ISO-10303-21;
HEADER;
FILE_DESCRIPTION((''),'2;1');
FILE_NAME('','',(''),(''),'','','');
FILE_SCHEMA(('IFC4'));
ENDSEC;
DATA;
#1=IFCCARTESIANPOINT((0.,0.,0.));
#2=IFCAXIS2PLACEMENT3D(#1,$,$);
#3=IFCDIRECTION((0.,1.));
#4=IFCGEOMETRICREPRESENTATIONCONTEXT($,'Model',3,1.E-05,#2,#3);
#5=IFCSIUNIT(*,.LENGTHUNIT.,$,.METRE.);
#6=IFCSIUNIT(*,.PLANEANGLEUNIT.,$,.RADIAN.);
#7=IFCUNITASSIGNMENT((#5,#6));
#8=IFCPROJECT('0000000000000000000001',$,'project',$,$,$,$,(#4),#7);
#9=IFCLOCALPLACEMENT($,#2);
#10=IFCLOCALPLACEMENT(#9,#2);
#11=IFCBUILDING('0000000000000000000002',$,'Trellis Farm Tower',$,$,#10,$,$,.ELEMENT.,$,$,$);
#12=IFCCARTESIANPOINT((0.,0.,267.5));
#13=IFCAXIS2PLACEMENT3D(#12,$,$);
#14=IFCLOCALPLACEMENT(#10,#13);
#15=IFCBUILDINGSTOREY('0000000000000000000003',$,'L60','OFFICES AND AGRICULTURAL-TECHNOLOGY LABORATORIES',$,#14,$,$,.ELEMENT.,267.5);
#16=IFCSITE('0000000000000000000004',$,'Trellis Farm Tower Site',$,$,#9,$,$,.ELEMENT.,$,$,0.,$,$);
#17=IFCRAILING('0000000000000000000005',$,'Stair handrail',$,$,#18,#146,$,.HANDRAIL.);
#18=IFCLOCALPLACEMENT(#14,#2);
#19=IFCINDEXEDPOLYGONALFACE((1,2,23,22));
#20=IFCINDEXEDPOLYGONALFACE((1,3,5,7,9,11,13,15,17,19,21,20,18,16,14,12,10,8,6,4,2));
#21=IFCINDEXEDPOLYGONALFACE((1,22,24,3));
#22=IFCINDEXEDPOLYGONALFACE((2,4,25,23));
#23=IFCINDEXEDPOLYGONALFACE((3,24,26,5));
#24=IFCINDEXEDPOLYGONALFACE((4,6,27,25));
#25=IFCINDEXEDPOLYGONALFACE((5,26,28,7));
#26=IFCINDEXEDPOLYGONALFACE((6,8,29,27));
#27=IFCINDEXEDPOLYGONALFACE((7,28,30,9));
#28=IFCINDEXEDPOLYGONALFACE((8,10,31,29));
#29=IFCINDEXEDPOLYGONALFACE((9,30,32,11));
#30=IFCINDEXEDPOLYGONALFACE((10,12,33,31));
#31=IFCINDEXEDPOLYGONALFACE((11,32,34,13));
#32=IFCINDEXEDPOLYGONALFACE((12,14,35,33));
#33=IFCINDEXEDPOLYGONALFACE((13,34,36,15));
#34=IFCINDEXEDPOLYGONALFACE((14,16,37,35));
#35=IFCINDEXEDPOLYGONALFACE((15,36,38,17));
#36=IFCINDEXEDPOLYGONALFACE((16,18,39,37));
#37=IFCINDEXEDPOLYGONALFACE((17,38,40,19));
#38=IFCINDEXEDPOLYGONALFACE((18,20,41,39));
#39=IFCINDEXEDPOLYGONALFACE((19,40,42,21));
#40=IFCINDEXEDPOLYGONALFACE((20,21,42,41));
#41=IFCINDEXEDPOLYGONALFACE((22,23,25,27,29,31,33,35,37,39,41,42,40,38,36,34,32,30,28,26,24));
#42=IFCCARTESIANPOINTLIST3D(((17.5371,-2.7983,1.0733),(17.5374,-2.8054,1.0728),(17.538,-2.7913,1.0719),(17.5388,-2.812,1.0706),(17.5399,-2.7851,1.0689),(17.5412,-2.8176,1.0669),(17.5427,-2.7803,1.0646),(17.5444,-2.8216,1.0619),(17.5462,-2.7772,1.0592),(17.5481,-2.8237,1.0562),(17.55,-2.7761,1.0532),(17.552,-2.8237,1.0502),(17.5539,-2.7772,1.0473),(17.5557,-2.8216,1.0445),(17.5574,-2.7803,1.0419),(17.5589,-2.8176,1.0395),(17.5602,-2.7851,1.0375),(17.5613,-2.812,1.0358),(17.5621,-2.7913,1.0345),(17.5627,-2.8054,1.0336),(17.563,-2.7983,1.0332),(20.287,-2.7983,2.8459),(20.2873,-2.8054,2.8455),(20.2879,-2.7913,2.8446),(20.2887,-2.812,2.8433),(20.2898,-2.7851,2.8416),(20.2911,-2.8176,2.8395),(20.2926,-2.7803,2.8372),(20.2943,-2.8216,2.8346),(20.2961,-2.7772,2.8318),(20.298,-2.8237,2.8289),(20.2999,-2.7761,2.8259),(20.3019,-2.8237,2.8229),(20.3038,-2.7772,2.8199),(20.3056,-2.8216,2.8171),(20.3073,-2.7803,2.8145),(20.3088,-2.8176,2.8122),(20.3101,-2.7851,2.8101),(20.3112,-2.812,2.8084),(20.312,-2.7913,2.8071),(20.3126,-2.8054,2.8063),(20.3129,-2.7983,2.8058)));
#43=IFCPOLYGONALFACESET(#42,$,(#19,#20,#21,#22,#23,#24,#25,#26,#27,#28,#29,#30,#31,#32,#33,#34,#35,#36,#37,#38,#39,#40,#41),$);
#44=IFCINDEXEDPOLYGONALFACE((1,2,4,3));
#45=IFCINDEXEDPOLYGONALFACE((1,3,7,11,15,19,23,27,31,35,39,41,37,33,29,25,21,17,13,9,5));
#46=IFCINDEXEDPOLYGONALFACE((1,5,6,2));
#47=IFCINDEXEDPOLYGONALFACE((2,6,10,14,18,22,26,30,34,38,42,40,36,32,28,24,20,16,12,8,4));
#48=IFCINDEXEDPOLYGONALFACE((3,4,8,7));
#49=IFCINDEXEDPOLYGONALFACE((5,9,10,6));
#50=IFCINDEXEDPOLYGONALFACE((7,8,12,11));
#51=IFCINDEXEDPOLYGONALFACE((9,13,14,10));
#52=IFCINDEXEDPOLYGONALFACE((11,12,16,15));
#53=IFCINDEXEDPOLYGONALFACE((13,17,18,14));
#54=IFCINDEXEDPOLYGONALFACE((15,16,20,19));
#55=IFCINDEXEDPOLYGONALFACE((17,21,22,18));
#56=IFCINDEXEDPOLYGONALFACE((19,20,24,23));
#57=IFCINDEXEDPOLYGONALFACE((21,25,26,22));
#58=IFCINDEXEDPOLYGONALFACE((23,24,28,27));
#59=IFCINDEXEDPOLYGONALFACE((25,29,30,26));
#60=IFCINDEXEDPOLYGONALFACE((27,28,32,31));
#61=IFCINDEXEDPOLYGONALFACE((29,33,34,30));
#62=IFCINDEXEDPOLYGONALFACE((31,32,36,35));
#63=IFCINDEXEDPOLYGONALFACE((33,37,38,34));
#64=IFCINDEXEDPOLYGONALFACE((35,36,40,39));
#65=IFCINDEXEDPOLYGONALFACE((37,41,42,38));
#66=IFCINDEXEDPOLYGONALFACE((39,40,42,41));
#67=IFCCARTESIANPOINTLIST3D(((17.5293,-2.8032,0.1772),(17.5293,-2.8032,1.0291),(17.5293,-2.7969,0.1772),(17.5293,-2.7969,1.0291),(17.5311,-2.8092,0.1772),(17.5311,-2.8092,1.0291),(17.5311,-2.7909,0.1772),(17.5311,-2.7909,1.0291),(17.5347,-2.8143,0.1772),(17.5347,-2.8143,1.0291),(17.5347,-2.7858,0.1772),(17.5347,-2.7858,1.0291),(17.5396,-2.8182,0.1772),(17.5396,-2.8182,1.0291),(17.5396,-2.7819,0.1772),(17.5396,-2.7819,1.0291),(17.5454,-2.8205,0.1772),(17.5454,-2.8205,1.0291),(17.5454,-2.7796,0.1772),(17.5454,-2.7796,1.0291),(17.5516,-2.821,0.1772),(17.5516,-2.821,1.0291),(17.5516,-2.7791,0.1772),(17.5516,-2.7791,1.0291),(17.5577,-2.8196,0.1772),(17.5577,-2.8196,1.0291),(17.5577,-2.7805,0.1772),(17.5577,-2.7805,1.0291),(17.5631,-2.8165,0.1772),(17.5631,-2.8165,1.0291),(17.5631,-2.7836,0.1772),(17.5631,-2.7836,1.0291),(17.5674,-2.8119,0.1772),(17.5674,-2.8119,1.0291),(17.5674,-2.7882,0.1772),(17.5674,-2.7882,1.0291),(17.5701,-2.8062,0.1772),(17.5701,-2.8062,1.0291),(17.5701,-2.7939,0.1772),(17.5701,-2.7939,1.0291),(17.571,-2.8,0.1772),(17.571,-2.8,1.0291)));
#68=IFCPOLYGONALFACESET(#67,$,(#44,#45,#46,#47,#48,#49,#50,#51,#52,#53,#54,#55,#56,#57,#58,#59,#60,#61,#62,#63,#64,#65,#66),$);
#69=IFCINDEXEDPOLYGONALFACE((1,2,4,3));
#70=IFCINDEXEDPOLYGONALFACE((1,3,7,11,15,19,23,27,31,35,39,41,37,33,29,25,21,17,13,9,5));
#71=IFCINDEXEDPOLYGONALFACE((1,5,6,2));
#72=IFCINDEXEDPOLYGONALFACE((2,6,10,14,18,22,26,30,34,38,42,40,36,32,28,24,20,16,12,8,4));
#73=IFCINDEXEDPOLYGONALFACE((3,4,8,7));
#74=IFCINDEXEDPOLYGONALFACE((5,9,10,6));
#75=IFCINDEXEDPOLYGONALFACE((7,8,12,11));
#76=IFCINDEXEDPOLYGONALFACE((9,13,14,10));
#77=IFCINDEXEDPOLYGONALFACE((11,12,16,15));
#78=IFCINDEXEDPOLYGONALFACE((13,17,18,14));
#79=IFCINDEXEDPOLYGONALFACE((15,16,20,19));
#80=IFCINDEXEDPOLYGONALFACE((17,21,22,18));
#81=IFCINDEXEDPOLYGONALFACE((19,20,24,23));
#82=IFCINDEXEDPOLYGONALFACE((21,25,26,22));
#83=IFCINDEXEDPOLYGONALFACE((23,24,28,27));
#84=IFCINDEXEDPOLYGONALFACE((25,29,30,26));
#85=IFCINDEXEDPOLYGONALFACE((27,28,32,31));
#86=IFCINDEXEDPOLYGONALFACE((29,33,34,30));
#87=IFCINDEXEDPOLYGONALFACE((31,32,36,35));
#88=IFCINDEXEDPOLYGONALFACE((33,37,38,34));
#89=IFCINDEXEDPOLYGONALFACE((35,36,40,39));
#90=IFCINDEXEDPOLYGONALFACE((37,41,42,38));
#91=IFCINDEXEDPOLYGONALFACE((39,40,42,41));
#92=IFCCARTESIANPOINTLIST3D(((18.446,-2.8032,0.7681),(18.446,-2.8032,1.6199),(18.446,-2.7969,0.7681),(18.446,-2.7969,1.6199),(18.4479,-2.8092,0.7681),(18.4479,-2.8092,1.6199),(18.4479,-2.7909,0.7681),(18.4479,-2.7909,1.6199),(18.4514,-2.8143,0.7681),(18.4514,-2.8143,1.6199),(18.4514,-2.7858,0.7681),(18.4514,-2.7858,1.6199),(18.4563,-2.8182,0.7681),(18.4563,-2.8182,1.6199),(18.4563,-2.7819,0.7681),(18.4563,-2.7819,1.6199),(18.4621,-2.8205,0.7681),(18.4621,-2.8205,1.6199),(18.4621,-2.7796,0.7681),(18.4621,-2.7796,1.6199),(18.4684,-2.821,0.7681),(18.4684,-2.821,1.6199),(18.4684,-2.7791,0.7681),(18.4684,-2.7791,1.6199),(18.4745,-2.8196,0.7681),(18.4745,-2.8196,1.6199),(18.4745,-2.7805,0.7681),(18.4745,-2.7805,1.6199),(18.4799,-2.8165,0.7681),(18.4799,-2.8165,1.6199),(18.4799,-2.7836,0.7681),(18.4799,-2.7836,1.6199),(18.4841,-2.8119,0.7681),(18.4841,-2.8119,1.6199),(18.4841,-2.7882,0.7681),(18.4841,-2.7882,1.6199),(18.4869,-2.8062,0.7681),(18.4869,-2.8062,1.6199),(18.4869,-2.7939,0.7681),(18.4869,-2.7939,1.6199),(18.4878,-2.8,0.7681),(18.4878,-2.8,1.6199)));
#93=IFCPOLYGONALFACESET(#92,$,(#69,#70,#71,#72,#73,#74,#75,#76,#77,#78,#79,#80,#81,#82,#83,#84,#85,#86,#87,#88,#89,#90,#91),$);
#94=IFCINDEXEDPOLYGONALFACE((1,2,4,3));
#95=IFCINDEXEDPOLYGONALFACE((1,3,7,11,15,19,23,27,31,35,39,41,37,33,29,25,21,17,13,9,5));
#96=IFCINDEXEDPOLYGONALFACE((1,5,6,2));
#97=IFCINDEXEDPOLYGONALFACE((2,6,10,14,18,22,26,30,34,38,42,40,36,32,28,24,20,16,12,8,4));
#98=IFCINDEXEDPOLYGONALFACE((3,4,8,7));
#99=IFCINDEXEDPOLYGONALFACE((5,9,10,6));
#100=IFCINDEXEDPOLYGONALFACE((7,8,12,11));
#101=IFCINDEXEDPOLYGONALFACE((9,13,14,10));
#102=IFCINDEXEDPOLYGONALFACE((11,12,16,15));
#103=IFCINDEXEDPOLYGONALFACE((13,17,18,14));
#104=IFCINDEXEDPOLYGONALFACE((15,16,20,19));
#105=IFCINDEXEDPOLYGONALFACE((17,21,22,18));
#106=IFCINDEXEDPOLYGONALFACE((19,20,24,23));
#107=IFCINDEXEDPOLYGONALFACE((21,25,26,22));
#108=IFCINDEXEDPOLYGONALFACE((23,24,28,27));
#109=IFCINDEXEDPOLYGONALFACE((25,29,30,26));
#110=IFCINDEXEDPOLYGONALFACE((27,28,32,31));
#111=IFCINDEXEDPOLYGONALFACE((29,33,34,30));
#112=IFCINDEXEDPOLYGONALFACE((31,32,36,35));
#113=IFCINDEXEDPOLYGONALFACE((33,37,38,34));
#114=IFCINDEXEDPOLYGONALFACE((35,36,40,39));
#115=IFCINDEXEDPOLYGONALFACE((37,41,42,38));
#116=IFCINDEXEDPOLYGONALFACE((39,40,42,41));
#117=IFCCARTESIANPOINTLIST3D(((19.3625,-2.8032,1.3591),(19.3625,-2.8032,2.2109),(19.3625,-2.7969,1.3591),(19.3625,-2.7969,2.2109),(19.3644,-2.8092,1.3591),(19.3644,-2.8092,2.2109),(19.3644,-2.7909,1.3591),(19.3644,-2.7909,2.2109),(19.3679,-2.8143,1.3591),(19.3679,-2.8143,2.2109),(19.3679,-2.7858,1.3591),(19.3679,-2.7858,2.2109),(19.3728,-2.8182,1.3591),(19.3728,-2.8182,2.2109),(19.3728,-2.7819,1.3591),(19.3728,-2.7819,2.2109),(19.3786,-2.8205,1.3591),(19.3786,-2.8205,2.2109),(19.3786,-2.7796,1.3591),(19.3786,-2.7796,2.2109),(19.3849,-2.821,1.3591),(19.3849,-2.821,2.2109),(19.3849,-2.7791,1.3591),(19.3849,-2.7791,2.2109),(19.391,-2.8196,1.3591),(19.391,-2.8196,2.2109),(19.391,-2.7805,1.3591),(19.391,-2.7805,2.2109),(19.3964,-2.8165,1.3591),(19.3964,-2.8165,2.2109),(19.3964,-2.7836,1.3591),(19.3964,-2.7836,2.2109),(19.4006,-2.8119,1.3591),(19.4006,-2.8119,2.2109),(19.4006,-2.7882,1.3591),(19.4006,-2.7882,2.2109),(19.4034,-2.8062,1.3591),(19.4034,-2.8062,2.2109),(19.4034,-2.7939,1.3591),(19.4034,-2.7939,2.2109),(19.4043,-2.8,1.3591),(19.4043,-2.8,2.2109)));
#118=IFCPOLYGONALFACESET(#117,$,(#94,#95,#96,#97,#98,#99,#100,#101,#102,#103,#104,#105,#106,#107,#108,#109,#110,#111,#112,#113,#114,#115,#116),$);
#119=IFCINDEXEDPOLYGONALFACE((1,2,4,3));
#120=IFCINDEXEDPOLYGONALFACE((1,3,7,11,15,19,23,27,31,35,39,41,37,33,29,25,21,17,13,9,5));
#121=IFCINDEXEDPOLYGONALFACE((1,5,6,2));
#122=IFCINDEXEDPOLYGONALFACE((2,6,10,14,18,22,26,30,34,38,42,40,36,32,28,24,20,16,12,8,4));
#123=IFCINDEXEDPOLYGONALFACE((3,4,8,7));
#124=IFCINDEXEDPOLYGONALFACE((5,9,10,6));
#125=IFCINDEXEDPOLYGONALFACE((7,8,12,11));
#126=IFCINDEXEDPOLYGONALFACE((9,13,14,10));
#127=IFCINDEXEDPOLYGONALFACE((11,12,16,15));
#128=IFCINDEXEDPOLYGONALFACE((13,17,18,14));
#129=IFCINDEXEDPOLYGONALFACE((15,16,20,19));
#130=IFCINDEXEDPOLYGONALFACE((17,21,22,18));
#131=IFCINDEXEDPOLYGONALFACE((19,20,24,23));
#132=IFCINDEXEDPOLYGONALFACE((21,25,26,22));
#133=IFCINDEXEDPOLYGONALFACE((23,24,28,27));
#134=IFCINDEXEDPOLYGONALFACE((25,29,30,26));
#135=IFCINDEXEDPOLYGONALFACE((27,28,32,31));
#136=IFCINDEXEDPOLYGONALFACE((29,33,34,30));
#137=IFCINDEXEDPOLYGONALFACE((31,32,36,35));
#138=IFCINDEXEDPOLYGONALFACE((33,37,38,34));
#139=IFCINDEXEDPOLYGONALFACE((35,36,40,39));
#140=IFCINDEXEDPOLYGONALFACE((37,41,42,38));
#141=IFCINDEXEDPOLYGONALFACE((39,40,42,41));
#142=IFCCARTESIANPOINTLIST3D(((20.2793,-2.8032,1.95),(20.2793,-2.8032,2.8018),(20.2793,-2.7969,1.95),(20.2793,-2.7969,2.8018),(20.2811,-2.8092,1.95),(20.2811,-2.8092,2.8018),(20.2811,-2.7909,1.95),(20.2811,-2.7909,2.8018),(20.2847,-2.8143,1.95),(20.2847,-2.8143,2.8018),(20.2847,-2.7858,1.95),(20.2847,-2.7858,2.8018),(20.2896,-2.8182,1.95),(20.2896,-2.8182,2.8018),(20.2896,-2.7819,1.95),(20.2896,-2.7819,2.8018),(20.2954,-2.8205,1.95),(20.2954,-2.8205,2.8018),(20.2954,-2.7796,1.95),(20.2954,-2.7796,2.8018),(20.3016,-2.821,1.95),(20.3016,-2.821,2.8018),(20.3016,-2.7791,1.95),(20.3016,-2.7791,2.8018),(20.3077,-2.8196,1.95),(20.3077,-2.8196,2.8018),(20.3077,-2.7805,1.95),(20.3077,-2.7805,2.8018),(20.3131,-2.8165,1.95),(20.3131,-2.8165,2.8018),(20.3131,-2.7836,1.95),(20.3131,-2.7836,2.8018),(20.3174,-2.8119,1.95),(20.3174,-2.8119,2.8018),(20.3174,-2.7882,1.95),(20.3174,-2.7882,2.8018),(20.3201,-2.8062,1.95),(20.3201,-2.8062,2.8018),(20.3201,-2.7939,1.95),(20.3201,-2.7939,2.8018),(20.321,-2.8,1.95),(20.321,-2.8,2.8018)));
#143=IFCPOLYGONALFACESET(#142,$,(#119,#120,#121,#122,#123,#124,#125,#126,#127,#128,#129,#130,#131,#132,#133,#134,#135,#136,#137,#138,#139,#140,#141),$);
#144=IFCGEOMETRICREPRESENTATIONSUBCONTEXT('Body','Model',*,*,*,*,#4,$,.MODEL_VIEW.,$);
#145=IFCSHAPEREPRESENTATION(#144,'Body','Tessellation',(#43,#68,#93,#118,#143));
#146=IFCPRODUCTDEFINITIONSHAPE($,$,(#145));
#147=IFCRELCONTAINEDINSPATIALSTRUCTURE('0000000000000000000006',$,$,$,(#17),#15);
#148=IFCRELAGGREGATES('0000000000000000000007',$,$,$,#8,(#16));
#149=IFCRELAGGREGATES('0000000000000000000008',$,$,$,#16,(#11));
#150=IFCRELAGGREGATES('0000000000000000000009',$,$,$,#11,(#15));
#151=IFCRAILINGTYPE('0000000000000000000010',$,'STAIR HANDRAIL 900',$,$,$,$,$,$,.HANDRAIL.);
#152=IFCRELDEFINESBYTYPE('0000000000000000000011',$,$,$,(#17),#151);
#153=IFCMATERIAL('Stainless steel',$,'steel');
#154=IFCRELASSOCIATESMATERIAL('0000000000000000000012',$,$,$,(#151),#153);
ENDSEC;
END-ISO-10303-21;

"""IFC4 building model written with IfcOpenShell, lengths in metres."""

from ifc_helpers import new_model, si_unit, direction, frame, origin, origin_2d, place, context, subcontext, project, spatial, circle, extrude, source, transform, mapped, material, type_object, element, save


model = new_model("IFC4")

# Units and contexts
model_context = context("Model", 3, precision=1e-05, world=origin(), true_north=direction((0.0, 1.0)))
body_context = subcontext(model_context, "Body", "Model", "MODEL_VIEW")
ifc_project = project(units=[si_unit("LENGTHUNIT", "METRE"), si_unit("PLANEANGLEUNIT", "RADIAN")], contexts=[model_context])

# Site, building, storey
site_placement = place(None, origin())
site = spatial("IfcSite", under=ifc_project, at=site_placement, Name="Trellis Farm Tower Site", CompositionType="ELEMENT", RefElevation=0.0)
building_placement = place(site_placement, origin())
building = spatial("IfcBuilding", under=site, at=building_placement, Name="Trellis Farm Tower", CompositionType="ELEMENT")
storey_placement = place(building_placement, frame((0.0, 0.0, 267.5)))
storey = spatial("IfcBuildingStorey", under=building, at=storey_placement, Name="L60", Description="OFFICES AND AGRICULTURAL-TECHNOLOGY LABORATORIES", CompositionType="ELEMENT", Elevation=267.5)

# Railing
ifc_material_1 = material(Name="Stainless steel", Category="steel")
railing_type = type_object("IfcRailingType", Name="STAIR HANDRAIL 900", PredefinedType="HANDRAIL", material=ifc_material_1)
shared_shape_1 = source(origin(), body_context, "Body", "SweptSolid", [
    extrude(circle(Radius=0.0239, at=origin_2d()), frame((0.0, 0.0, 0.876), z_axis=(0.840504, 0.0, 0.541806), x_axis=(0.0, 1.0, 0.0)), (0.0, 0.0, 1.0), 3.2717),
    extrude(circle(Radius=0.021, at=origin_2d()), origin(), (0.0, 0.0, 1.0), 0.8518),
    extrude(circle(Radius=0.021, at=origin_2d()), frame((0.9167, 0.0, 0.5908)), (0.0, 0.0, 1.0), 0.8518),
    extrude(circle(Radius=0.021, at=origin_2d()), frame((1.8333, 0.0, 1.1819)), (0.0, 0.0, 1.0), 0.8518),
    extrude(circle(Radius=0.021, at=origin_2d()), frame((2.75, 0.0, 1.7727)), (0.0, 0.0, 1.0), 0.8518),
])
for number, where, name in (
    (1, (17.55, -2.8, 0.1772), "Stair handrail"),
):
    element("IfcRailing", number, at=place(storey_placement, frame(where)), inside=storey, type_object=railing_type, Name=name, PredefinedType="HANDRAIL", context=body_context, shape_type="MappedRepresentation", body=[
        mapped(shared_shape_1, transform((0.0, 0.0, 0.0))),
    ])

save(model, "model.ifc")
